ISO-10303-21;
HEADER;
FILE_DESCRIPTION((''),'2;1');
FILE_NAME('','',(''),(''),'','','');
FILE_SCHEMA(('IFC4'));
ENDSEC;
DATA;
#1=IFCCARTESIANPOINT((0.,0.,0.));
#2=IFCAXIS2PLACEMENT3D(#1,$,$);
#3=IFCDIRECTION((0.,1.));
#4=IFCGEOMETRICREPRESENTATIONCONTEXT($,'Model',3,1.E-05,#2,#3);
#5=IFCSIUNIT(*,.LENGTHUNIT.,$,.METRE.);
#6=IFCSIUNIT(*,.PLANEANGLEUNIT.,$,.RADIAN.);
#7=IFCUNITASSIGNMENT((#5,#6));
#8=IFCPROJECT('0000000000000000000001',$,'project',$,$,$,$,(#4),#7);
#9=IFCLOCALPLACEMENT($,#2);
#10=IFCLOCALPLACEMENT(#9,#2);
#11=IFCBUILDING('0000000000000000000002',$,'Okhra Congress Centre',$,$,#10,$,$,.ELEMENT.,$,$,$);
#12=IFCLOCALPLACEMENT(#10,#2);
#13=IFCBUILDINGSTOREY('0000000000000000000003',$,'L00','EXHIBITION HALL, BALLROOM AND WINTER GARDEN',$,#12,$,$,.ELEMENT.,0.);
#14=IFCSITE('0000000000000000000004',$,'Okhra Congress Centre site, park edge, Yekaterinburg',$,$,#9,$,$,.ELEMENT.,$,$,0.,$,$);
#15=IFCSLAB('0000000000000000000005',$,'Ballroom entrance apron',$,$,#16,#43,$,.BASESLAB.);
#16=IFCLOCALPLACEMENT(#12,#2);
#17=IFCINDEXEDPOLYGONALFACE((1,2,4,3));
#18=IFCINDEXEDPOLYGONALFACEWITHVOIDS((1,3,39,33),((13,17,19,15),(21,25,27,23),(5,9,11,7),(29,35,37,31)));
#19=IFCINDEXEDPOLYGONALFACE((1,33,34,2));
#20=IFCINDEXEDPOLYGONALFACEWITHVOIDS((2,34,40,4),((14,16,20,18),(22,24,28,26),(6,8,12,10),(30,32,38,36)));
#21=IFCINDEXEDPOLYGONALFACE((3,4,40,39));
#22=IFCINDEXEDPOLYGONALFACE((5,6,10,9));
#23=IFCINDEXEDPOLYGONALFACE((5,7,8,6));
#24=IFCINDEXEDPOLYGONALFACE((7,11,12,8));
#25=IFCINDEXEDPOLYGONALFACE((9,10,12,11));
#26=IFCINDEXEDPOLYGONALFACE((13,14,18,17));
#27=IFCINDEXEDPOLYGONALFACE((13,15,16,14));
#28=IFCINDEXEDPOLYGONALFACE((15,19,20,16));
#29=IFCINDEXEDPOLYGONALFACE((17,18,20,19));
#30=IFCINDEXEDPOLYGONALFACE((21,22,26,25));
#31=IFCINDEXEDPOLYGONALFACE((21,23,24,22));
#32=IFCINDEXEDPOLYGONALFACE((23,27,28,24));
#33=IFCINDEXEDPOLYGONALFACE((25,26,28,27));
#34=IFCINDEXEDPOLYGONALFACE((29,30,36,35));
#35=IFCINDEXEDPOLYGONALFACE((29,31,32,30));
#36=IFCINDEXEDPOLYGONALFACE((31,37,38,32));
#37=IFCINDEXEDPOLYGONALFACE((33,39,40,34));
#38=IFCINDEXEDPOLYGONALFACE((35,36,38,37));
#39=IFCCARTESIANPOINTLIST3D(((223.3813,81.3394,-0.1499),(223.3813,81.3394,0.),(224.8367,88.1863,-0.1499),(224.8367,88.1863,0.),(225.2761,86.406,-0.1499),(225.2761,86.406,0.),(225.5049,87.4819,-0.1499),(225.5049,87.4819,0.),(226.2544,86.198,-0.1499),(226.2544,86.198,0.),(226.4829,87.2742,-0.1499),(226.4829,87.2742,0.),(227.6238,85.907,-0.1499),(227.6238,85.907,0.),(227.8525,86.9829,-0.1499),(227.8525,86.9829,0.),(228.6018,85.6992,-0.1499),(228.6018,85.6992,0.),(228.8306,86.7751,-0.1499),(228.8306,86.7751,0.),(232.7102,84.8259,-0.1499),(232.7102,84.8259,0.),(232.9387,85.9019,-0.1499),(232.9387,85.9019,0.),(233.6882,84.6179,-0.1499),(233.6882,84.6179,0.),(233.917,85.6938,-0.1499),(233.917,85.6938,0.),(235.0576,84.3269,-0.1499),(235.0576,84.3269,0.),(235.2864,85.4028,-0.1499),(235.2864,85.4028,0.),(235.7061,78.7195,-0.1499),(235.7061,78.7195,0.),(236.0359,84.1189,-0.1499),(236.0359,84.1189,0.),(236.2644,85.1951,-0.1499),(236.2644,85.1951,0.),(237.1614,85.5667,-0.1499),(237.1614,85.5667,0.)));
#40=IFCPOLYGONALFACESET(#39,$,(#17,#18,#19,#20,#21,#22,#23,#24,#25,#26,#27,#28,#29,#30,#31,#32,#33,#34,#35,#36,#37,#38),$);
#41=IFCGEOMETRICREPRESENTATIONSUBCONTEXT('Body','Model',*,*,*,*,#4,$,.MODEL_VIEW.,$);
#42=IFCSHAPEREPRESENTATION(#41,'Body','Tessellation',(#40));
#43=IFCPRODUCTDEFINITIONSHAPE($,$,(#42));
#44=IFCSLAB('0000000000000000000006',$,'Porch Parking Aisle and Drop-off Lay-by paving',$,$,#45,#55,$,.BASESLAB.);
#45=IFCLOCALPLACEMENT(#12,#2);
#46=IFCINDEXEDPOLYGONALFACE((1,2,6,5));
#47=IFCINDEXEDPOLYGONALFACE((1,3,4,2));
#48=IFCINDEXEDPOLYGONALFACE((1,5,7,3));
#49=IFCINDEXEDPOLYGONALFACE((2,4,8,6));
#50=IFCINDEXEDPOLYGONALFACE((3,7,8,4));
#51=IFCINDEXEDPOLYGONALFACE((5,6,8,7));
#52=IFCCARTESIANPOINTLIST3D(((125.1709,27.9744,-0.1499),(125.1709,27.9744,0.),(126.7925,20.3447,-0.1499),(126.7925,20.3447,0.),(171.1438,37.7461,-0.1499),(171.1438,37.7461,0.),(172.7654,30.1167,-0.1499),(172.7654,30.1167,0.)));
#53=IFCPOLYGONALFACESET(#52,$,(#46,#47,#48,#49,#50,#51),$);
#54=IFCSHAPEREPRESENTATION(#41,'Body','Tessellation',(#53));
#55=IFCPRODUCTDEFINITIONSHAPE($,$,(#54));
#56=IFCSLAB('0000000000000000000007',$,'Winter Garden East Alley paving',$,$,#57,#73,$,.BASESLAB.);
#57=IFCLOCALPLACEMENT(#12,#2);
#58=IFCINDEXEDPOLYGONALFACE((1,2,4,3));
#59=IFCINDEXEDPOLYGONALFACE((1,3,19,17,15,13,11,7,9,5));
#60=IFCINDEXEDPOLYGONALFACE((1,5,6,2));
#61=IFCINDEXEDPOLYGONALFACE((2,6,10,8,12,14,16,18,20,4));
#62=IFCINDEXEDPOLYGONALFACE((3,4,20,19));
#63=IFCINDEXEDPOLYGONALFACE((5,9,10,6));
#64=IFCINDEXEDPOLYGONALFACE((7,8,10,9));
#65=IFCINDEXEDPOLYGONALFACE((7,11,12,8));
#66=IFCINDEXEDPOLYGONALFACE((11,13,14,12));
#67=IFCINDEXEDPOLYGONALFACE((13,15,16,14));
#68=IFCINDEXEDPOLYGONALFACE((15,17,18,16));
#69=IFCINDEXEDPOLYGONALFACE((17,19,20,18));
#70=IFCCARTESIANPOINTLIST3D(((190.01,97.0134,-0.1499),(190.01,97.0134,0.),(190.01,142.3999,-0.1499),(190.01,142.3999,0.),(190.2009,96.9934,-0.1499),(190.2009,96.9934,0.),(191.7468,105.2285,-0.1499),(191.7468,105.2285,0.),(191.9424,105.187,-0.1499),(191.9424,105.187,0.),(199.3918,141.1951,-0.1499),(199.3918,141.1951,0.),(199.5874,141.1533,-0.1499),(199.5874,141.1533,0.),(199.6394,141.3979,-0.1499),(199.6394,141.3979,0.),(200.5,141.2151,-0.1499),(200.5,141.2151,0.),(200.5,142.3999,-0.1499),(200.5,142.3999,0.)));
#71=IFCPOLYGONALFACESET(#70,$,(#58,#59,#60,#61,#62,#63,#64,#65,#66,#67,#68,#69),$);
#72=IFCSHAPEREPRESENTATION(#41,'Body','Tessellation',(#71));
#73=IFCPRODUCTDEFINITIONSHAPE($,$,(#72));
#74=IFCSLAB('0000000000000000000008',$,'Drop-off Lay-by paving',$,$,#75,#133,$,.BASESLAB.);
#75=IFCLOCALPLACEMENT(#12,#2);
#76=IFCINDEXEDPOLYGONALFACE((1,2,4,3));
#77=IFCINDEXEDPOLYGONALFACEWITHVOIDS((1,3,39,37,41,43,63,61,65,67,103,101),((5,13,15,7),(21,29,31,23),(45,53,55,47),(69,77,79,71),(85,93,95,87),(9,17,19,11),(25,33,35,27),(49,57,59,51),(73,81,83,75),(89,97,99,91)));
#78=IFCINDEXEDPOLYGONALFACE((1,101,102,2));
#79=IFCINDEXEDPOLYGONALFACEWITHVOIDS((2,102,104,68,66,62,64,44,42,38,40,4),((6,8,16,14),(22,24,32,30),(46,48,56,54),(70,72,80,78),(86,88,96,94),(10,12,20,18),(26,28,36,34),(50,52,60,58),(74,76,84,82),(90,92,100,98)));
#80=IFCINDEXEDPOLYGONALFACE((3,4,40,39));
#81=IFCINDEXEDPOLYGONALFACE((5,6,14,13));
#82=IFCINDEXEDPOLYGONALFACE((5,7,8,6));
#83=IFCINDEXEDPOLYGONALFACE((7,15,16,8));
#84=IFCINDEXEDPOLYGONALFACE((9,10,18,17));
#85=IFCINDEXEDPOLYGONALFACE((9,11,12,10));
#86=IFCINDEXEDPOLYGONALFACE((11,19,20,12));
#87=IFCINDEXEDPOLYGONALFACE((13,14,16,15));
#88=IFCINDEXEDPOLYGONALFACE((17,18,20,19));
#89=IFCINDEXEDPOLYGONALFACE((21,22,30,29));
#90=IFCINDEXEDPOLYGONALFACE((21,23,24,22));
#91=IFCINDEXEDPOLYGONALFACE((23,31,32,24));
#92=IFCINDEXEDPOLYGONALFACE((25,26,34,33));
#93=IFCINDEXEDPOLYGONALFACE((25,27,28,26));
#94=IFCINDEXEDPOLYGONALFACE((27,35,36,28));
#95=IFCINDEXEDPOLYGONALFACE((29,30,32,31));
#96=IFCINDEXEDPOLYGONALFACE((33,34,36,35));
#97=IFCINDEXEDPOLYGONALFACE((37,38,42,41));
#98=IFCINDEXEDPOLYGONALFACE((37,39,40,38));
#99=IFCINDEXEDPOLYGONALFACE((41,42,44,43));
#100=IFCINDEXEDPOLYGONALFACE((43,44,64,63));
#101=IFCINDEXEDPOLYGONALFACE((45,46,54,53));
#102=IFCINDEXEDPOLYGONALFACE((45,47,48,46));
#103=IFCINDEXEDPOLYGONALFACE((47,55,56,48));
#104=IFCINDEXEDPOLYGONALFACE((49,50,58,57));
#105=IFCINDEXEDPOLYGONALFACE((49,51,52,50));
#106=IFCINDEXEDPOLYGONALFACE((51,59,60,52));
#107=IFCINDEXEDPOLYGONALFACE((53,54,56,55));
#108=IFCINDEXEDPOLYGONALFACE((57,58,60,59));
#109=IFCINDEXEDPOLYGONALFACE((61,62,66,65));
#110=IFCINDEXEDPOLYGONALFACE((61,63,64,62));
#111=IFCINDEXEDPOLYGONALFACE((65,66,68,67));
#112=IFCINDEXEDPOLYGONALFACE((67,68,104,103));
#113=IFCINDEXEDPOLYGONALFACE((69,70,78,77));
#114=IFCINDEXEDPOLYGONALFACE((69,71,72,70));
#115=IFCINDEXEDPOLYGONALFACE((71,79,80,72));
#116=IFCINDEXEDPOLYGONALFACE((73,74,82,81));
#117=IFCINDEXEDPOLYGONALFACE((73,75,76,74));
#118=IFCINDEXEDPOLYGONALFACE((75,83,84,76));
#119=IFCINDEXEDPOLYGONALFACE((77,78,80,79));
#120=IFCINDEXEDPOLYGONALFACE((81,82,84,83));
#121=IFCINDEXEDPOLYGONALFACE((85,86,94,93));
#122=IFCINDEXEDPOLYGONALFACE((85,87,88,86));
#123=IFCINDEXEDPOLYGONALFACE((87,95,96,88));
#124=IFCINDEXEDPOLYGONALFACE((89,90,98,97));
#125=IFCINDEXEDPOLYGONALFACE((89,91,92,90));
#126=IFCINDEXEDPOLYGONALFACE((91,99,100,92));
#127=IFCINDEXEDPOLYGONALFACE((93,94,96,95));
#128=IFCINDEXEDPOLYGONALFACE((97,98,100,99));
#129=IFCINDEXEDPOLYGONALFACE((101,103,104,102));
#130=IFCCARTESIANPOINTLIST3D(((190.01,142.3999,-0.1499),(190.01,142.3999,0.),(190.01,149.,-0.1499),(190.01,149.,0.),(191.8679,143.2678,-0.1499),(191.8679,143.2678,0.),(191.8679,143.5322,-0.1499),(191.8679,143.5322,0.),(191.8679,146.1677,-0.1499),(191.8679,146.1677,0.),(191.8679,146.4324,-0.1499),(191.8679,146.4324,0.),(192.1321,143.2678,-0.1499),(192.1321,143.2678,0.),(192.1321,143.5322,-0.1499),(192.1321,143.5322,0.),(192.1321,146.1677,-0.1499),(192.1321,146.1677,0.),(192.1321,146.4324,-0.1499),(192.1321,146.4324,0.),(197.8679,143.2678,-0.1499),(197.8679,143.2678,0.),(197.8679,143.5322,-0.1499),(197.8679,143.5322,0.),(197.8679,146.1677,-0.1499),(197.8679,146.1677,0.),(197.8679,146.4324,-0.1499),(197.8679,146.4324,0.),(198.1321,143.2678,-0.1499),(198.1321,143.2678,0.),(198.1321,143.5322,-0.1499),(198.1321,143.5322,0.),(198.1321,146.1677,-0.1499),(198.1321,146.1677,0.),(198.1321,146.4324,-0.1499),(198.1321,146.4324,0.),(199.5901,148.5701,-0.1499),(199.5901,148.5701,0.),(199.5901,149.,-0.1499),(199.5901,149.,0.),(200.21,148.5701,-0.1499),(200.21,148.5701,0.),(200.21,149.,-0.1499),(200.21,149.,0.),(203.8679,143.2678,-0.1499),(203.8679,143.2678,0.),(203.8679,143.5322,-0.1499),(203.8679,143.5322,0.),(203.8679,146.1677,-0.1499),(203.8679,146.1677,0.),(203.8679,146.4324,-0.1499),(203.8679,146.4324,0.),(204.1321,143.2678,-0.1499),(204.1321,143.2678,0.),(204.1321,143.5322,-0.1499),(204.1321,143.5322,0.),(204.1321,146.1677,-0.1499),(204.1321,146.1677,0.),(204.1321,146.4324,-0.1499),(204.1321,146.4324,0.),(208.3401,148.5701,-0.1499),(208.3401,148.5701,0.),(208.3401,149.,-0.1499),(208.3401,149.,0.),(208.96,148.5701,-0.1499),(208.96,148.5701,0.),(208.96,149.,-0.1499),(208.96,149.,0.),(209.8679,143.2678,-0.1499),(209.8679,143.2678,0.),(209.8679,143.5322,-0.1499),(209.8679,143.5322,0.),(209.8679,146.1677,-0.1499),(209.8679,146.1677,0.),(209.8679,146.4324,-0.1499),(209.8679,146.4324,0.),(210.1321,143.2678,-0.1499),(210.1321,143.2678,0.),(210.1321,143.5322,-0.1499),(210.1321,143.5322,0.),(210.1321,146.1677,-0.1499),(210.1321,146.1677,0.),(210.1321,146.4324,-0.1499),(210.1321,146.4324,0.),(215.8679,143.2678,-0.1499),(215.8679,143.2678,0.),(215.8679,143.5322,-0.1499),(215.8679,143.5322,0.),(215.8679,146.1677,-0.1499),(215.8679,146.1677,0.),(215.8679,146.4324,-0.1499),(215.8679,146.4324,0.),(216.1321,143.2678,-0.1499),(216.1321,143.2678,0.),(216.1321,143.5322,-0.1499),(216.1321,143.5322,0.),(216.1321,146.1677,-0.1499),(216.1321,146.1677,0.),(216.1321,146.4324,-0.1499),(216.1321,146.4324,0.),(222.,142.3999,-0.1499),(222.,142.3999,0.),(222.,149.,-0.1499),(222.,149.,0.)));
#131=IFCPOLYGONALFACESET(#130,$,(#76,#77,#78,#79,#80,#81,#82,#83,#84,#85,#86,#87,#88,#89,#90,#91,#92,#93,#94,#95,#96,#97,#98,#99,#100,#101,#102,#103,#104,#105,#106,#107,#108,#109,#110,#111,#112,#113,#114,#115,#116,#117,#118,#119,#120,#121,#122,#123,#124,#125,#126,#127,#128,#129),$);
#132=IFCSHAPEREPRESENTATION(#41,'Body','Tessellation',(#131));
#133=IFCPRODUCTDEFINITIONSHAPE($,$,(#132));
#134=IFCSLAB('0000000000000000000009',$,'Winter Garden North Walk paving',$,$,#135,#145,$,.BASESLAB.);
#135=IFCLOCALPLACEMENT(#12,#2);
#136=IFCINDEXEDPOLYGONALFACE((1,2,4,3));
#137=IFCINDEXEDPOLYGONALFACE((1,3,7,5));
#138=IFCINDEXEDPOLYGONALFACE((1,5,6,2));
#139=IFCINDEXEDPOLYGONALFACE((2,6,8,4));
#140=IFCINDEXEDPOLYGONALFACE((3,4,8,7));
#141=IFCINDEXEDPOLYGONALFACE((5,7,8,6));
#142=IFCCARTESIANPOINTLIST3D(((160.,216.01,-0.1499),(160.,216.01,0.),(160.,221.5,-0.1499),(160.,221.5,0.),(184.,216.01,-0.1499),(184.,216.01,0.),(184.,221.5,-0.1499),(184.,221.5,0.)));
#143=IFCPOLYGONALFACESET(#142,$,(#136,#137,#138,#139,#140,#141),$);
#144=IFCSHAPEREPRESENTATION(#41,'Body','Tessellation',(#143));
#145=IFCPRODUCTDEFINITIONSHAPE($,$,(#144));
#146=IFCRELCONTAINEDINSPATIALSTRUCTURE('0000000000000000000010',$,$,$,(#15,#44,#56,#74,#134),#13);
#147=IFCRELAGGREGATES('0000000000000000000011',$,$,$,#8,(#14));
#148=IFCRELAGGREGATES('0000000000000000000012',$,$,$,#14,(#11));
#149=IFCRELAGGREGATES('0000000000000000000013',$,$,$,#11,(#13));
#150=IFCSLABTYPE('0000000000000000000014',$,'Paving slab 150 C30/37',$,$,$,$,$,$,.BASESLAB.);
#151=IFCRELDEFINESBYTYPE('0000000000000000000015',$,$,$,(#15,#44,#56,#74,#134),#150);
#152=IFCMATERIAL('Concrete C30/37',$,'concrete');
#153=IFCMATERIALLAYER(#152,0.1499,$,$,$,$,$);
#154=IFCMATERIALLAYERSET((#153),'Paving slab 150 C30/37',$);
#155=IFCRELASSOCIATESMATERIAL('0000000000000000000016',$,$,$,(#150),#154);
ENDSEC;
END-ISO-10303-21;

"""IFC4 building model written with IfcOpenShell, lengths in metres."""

from ifc_helpers import new_model, si_unit, direction, frame, origin, place, context, subcontext, project, spatial, polyline, outline, extrude, material, layer, layer_set, type_object, element, save


model = new_model("IFC4")

# Units and contexts
model_context = context("Model", 3, precision=1e-05, world=origin(), true_north=direction((0.0, 1.0)))
body_context = subcontext(model_context, "Body", "Model", "MODEL_VIEW")
ifc_project = project(units=[si_unit("LENGTHUNIT", "METRE"), si_unit("PLANEANGLEUNIT", "RADIAN")], contexts=[model_context])

# Site, building, storey
site_placement = place(None, origin())
site = spatial("IfcSite", under=ifc_project, at=site_placement, Name="Okhra Congress Centre site, park edge, Yekaterinburg", CompositionType="ELEMENT", RefElevation=0.0)
building_placement = place(site_placement, origin())
building = spatial("IfcBuilding", under=site, at=building_placement, Name="Okhra Congress Centre", CompositionType="ELEMENT")
storey_placement = place(building_placement, origin())
storey = spatial("IfcBuildingStorey", under=building, at=storey_placement, Name="L00", Description="EXHIBITION HALL, BALLROOM AND WINTER GARDEN", CompositionType="ELEMENT", Elevation=0.0)

# Slabs
ifc_material = material(Name="Concrete C30/37", Category="concrete")
ifc_layer_1 = layer(ifc_material, 0.1499)
ifc_layer_set_1 = layer_set([ifc_layer_1], Name="Paving slab 150 C30/37")
slab_type_1 = type_object("IfcSlabType", Name="Paving slab 150 C30/37", PredefinedType="BASESLAB", material=ifc_layer_set_1)
slab_1_placement = place(storey_placement, frame((0.0, 0.0, -0.1499)))
element("IfcSlab", 1, at=slab_1_placement, inside=storey, type_object=slab_type_1, Name="Ballroom entrance apron", PredefinedType="BASESLAB", context=body_context, shape_type="SweptSolid", body=[
    extrude(outline(polyline([(223.3813, 81.3394), (235.7061, 78.7195), (237.1614, 85.5667), (224.8367, 88.1863), (223.3813, 81.3394)]), holes=[polyline([(225.2761, 86.406), (226.2544, 86.198), (226.4829, 87.2742), (225.5049, 87.4819), (225.2761, 86.406)]), polyline([(227.6238, 85.907), (228.6018, 85.6992), (228.8306, 86.7751), (227.8525, 86.9829), (227.6238, 85.907)]), polyline([(232.7102, 84.8259), (233.6882, 84.6179), (233.917, 85.6938), (232.9387, 85.9019), (232.7102, 84.8259)]), polyline([(235.0576, 84.3269), (236.0359, 84.1189), (236.2644, 85.1951), (235.2864, 85.4028), (235.0576, 84.3269)])]), origin(), (0.0, 0.0, 1.0), 0.1499),
])
slab_2_placement = place(storey_placement, frame((0.0, 0.0, -0.1499)))
element("IfcSlab", 2, at=slab_2_placement, inside=storey, type_object=slab_type_1, Name="Porch Parking Aisle and Drop-off Lay-by paving", PredefinedType="BASESLAB", context=body_context, shape_type="SweptSolid", body=[
    extrude(outline(polyline([(172.7654, 30.1167), (171.1438, 37.7461), (125.1709, 27.9744), (126.7925, 20.3447), (172.7654, 30.1167)])), origin(), (0.0, 0.0, 1.0), 0.1499),
])
slab_3_placement = place(storey_placement, frame((0.0, 0.0, -0.1499)))
element("IfcSlab", 3, at=slab_3_placement, inside=storey, type_object=slab_type_1, Name="Winter Garden East Alley paving", PredefinedType="BASESLAB", context=body_context, shape_type="SweptSolid", body=[
    extrude(outline(polyline([(199.3918, 141.1951), (199.5874, 141.1533), (199.6394, 141.3979), (200.5, 141.2151), (200.5, 142.3999), (190.01, 142.3999), (190.01, 97.0134), (190.2009, 96.9934), (191.9424, 105.187), (191.7468, 105.2285), (199.3918, 141.1951)])), origin(), (0.0, 0.0, 1.0), 0.1499),
])
slab_4_placement = place(storey_placement, frame((0.0, 0.0, -0.1499)))
element("IfcSlab", 4, at=slab_4_placement, inside=storey, type_object=slab_type_1, Name="Drop-off Lay-by paving", PredefinedType="BASESLAB", context=body_context, shape_type="SweptSolid", body=[
    extrude(outline(polyline([(199.5901, 148.5701), (199.5901, 149.0), (190.01, 149.0), (190.01, 142.3999), (222.0, 142.3999), (222.0, 149.0), (208.96, 149.0), (208.96, 148.5701), (208.3401, 148.5701), (208.3401, 149.0), (200.21, 149.0), (200.21, 148.5701), (199.5901, 148.5701)]), holes=[polyline([(216.1321, 143.5322), (215.8679, 143.5322), (215.8679, 143.2678), (216.1321, 143.2678), (216.1321, 143.5322)]), polyline([(216.1321, 146.4324), (215.8679, 146.4324), (215.8679, 146.1677), (216.1321, 146.1677), (216.1321, 146.4324)]), polyline([(210.1321, 143.5322), (209.8679, 143.5322), (209.8679, 143.2678), (210.1321, 143.2678), (210.1321, 143.5322)]), polyline([(210.1321, 146.4324), (209.8679, 146.4324), (209.8679, 146.1677), (210.1321, 146.1677), (210.1321, 146.4324)]), polyline([(204.1321, 143.5322), (203.8679, 143.5322), (203.8679, 143.2678), (204.1321, 143.2678), (204.1321, 143.5322)]), polyline([(204.1321, 146.4324), (203.8679, 146.4324), (203.8679, 146.1677), (204.1321, 146.1677), (204.1321, 146.4324)]), polyline([(198.1321, 143.5322), (197.8679, 143.5322), (197.8679, 143.2678), (198.1321, 143.2678), (198.1321, 143.5322)]), polyline([(198.1321, 146.4324), (197.8679, 146.4324), (197.8679, 146.1677), (198.1321, 146.1677), (198.1321, 146.4324)]), polyline([(192.1321, 143.5322), (191.8679, 143.5322), (191.8679, 143.2678), (192.1321, 143.2678), (192.1321, 143.5322)]), polyline([(192.1321, 146.4324), (191.8679, 146.4324), (191.8679, 146.1677), (192.1321, 146.1677), (192.1321, 146.4324)])]), origin(), (0.0, 0.0, 1.0), 0.1499),
])
slab_5_placement = place(storey_placement, frame((0.0, 0.0, -0.1499)))
element("IfcSlab", 5, at=slab_5_placement, inside=storey, type_object=slab_type_1, Name="Winter Garden North Walk paving", PredefinedType="BASESLAB", context=body_context, shape_type="SweptSolid", body=[
    extrude(outline(polyline([(184.0, 221.5), (160.0, 221.5), (160.0, 216.01), (184.0, 216.01), (184.0, 221.5)])), origin(), (0.0, 0.0, 1.0), 0.1499),
])

save(model, "model.ifc")
